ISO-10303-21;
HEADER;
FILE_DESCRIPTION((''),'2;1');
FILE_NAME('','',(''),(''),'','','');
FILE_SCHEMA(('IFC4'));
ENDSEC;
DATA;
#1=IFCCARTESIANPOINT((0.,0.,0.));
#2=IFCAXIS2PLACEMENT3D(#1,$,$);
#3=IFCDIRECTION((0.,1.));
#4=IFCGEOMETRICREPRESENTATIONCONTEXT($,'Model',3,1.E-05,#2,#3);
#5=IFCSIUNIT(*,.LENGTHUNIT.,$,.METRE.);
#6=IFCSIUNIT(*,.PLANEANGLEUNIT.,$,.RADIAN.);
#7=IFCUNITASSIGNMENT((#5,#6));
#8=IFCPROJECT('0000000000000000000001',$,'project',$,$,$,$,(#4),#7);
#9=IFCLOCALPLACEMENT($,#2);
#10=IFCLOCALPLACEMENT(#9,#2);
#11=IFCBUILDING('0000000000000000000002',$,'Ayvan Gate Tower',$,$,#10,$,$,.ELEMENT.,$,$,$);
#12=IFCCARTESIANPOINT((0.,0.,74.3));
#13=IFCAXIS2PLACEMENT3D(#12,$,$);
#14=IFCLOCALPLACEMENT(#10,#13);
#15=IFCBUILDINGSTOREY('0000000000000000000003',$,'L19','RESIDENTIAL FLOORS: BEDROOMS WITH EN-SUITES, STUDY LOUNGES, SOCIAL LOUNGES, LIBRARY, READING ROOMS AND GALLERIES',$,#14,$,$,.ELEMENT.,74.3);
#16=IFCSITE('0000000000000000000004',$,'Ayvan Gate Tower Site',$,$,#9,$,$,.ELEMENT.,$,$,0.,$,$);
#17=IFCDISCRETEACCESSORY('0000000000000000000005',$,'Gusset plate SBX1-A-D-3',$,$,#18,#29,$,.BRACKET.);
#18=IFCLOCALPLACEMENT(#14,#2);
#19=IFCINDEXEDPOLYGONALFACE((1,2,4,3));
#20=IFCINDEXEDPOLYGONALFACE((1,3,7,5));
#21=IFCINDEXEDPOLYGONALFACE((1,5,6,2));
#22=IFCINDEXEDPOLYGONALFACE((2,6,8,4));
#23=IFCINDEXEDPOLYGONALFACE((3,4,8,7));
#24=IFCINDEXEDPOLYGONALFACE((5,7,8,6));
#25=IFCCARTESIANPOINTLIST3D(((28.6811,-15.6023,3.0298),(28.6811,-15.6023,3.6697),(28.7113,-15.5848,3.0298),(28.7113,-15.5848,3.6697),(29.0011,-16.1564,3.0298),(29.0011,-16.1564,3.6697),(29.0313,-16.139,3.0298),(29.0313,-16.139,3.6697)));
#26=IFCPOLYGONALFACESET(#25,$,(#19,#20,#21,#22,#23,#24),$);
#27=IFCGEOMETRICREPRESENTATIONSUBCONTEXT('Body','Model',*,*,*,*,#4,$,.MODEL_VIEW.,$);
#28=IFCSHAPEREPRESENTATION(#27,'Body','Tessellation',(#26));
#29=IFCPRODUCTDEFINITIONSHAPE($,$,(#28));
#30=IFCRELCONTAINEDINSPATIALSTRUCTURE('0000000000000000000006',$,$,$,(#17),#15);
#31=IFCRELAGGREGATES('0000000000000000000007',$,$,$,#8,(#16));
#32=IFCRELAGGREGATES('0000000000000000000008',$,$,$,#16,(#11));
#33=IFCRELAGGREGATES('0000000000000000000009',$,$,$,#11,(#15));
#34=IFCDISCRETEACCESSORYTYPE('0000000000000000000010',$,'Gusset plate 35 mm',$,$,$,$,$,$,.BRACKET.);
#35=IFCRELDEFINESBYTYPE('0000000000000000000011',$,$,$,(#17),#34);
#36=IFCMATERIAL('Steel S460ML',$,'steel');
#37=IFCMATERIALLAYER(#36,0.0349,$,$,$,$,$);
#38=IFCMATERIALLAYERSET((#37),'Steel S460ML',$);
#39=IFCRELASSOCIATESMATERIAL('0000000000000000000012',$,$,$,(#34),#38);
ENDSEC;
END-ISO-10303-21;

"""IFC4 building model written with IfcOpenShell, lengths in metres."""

from ifc_helpers import new_model, si_unit, direction, frame, origin, origin_2d, place, context, subcontext, project, spatial, rectangle, extrude, material, layer, layer_set, type_object, element, save


model = new_model("IFC4")

# Units and contexts
model_context = context("Model", 3, precision=1e-05, world=origin(), true_north=direction((0.0, 1.0)))
body_context = subcontext(model_context, "Body", "Model", "MODEL_VIEW")
ifc_project = project(units=[si_unit("LENGTHUNIT", "METRE"), si_unit("PLANEANGLEUNIT", "RADIAN")], contexts=[model_context])

# Site, building, storey
site_placement = place(None, origin())
site = spatial("IfcSite", under=ifc_project, at=site_placement, Name="Ayvan Gate Tower Site", CompositionType="ELEMENT", RefElevation=0.0)
building_placement = place(site_placement, origin())
building = spatial("IfcBuilding", under=site, at=building_placement, Name="Ayvan Gate Tower", CompositionType="ELEMENT")
storey_placement = place(building_placement, frame((0.0, 0.0, 74.3)))
storey = spatial("IfcBuildingStorey", under=building, at=storey_placement, Name="L19", Description="RESIDENTIAL FLOORS: BEDROOMS WITH EN-SUITES, STUDY LOUNGES, SOCIAL LOUNGES, LIBRARY, READING ROOMS AND GALLERIES", CompositionType="ELEMENT", Elevation=74.3)

# Shared definitions
ifc_material_1 = material(Name="Steel S460ML", Category="steel")

# Discrete accessory
ifc_layer_1 = layer(ifc_material_1, 0.0349)
ifc_layer_set_1 = layer_set([ifc_layer_1], Name="Steel S460ML")
discrete_accessory_type = type_object("IfcDiscreteAccessoryType", Name="Gusset plate 35 mm", PredefinedType="BRACKET", material=ifc_layer_set_1)
discrete_accessory_1_placement = place(storey_placement, frame((28.8562, -15.8706, 3.0298), z_axis=(0.0, 0.0, 1.0), x_axis=(-0.5, 0.866025, 0.0)))
element("IfcDiscreteAccessory", 1, at=discrete_accessory_1_placement, inside=storey, type_object=discrete_accessory_type, Name="Gusset plate SBX1-A-D-3", PredefinedType="BRACKET", context=body_context, shape_type="SweptSolid", body=[
    extrude(rectangle(XDim=0.6399, YDim=0.0349, at=origin_2d()), origin(), (0.0, 0.0, 1.0), 0.6399),
])

save(model, "model.ifc")
